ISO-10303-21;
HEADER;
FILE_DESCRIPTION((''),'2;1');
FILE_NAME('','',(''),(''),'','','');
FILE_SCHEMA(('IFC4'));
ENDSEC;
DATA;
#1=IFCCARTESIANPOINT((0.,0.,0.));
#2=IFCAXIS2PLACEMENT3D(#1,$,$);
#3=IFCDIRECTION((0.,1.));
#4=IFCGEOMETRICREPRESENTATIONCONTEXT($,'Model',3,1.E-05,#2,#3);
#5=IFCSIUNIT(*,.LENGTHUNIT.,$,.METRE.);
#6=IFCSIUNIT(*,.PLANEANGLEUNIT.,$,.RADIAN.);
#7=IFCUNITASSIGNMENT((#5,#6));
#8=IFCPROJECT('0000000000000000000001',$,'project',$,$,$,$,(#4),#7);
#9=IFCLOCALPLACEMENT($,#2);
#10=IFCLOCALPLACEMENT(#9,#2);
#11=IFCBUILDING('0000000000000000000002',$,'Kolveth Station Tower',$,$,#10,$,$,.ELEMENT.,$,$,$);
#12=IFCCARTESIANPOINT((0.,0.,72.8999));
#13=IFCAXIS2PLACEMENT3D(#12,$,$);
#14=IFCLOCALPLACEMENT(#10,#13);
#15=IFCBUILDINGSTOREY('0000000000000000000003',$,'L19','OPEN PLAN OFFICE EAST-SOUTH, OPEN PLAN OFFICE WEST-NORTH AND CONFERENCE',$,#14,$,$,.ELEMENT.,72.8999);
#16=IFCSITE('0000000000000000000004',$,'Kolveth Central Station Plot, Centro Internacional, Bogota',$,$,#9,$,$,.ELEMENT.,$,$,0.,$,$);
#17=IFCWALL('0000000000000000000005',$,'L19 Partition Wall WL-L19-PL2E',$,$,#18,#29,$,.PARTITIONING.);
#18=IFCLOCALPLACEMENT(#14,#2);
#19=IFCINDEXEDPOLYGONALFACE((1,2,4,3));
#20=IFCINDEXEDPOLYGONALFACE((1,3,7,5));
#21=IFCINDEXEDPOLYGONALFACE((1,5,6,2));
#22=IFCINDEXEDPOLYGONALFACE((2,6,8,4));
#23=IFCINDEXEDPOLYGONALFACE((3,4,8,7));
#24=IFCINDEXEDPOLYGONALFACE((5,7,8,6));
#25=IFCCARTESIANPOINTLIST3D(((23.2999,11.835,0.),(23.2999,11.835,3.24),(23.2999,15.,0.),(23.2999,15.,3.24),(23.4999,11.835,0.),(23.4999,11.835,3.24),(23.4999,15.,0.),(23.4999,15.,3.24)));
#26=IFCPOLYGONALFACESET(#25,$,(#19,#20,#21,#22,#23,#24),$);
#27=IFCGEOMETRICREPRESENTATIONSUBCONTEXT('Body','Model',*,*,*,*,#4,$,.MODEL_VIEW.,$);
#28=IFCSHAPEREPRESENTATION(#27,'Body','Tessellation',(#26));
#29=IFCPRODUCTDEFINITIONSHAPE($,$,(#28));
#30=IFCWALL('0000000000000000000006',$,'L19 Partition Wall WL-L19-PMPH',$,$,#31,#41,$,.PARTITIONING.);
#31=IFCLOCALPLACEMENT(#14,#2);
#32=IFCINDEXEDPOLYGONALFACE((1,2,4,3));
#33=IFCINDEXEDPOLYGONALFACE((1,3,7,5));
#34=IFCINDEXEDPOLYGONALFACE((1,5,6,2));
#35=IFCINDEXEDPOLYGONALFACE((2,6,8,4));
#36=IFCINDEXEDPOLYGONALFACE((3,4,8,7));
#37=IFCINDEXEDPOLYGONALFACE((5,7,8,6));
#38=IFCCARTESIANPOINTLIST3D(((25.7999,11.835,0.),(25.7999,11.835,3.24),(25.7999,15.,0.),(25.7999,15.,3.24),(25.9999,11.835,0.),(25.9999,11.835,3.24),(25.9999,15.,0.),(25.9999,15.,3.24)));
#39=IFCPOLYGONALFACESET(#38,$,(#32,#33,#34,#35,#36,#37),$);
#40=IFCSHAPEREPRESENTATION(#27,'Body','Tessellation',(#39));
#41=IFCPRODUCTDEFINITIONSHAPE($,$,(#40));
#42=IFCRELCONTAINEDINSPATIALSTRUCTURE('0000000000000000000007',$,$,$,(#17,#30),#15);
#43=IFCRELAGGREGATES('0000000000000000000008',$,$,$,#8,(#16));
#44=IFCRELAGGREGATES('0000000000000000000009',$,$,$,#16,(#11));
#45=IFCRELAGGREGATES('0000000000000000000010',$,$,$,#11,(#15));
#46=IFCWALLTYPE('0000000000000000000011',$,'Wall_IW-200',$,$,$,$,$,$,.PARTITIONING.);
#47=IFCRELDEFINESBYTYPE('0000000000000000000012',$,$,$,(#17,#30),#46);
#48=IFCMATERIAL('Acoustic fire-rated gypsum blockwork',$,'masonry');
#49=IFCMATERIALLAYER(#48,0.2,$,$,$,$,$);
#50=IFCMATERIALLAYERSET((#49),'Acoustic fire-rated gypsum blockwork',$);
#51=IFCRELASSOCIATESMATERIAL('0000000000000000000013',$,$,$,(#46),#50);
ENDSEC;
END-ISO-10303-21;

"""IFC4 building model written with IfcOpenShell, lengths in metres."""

from ifc_helpers import new_model, si_unit, direction, frame, frame_2d, origin, place, context, subcontext, project, spatial, rectangle, extrude, material, layer, layer_set, type_object, element, save


model = new_model("IFC4")

# Units and contexts
model_context = context("Model", 3, precision=1e-05, world=origin(), true_north=direction((0.0, 1.0)))
body_context = subcontext(model_context, "Body", "Model", "MODEL_VIEW")
ifc_project = project(units=[si_unit("LENGTHUNIT", "METRE"), si_unit("PLANEANGLEUNIT", "RADIAN")], contexts=[model_context])

# Site, building, storey
site_placement = place(None, origin())
site = spatial("IfcSite", under=ifc_project, at=site_placement, Name="Kolveth Central Station Plot, Centro Internacional, Bogota", CompositionType="ELEMENT", RefElevation=0.0)
building_placement = place(site_placement, origin())
building = spatial("IfcBuilding", under=site, at=building_placement, Name="Kolveth Station Tower", CompositionType="ELEMENT")
storey_placement = place(building_placement, frame((0.0, 0.0, 72.8999)))
storey = spatial("IfcBuildingStorey", under=building, at=storey_placement, Name="L19", Description="OPEN PLAN OFFICE EAST-SOUTH, OPEN PLAN OFFICE WEST-NORTH AND CONFERENCE", CompositionType="ELEMENT", Elevation=72.8999)

# Shared definitions
ifc_material_1 = material(Name="Acoustic fire-rated gypsum blockwork", Category="masonry")
ifc_layer_1 = layer(ifc_material_1, 0.2)
ifc_layer_set_1 = layer_set([ifc_layer_1], Name="Acoustic fire-rated gypsum blockwork")
wall_type_1 = type_object("IfcWallType", Name="Wall_IW-200", PredefinedType="PARTITIONING", material=ifc_layer_set_1)

# Walls
for number, where, z_axis, x_axis, name in (
    (1, (23.3999, 11.835, 0.0), (0.0, 0.0, 1.0), (0.0, 1.0, 0.0), "L19 Partition Wall WL-L19-PL2E"),
    (2, (25.8999, 11.835, 0.0), (0.0, 0.0, 1.0), (0.0, 1.0, 0.0), "L19 Partition Wall WL-L19-PMPH"),
):
    element("IfcWall", number, at=place(storey_placement, frame(where, z_axis=z_axis, x_axis=x_axis)), inside=storey, type_object=wall_type_1, Name=name, PredefinedType="PARTITIONING", context=body_context, shape_type="SweptSolid", body=[
        extrude(rectangle(XDim=3.165, YDim=0.2, at=frame_2d((1.5825, 0.0))), origin(), (0.0, 0.0, 1.0), 3.24),
    ])

save(model, "model.ifc")
